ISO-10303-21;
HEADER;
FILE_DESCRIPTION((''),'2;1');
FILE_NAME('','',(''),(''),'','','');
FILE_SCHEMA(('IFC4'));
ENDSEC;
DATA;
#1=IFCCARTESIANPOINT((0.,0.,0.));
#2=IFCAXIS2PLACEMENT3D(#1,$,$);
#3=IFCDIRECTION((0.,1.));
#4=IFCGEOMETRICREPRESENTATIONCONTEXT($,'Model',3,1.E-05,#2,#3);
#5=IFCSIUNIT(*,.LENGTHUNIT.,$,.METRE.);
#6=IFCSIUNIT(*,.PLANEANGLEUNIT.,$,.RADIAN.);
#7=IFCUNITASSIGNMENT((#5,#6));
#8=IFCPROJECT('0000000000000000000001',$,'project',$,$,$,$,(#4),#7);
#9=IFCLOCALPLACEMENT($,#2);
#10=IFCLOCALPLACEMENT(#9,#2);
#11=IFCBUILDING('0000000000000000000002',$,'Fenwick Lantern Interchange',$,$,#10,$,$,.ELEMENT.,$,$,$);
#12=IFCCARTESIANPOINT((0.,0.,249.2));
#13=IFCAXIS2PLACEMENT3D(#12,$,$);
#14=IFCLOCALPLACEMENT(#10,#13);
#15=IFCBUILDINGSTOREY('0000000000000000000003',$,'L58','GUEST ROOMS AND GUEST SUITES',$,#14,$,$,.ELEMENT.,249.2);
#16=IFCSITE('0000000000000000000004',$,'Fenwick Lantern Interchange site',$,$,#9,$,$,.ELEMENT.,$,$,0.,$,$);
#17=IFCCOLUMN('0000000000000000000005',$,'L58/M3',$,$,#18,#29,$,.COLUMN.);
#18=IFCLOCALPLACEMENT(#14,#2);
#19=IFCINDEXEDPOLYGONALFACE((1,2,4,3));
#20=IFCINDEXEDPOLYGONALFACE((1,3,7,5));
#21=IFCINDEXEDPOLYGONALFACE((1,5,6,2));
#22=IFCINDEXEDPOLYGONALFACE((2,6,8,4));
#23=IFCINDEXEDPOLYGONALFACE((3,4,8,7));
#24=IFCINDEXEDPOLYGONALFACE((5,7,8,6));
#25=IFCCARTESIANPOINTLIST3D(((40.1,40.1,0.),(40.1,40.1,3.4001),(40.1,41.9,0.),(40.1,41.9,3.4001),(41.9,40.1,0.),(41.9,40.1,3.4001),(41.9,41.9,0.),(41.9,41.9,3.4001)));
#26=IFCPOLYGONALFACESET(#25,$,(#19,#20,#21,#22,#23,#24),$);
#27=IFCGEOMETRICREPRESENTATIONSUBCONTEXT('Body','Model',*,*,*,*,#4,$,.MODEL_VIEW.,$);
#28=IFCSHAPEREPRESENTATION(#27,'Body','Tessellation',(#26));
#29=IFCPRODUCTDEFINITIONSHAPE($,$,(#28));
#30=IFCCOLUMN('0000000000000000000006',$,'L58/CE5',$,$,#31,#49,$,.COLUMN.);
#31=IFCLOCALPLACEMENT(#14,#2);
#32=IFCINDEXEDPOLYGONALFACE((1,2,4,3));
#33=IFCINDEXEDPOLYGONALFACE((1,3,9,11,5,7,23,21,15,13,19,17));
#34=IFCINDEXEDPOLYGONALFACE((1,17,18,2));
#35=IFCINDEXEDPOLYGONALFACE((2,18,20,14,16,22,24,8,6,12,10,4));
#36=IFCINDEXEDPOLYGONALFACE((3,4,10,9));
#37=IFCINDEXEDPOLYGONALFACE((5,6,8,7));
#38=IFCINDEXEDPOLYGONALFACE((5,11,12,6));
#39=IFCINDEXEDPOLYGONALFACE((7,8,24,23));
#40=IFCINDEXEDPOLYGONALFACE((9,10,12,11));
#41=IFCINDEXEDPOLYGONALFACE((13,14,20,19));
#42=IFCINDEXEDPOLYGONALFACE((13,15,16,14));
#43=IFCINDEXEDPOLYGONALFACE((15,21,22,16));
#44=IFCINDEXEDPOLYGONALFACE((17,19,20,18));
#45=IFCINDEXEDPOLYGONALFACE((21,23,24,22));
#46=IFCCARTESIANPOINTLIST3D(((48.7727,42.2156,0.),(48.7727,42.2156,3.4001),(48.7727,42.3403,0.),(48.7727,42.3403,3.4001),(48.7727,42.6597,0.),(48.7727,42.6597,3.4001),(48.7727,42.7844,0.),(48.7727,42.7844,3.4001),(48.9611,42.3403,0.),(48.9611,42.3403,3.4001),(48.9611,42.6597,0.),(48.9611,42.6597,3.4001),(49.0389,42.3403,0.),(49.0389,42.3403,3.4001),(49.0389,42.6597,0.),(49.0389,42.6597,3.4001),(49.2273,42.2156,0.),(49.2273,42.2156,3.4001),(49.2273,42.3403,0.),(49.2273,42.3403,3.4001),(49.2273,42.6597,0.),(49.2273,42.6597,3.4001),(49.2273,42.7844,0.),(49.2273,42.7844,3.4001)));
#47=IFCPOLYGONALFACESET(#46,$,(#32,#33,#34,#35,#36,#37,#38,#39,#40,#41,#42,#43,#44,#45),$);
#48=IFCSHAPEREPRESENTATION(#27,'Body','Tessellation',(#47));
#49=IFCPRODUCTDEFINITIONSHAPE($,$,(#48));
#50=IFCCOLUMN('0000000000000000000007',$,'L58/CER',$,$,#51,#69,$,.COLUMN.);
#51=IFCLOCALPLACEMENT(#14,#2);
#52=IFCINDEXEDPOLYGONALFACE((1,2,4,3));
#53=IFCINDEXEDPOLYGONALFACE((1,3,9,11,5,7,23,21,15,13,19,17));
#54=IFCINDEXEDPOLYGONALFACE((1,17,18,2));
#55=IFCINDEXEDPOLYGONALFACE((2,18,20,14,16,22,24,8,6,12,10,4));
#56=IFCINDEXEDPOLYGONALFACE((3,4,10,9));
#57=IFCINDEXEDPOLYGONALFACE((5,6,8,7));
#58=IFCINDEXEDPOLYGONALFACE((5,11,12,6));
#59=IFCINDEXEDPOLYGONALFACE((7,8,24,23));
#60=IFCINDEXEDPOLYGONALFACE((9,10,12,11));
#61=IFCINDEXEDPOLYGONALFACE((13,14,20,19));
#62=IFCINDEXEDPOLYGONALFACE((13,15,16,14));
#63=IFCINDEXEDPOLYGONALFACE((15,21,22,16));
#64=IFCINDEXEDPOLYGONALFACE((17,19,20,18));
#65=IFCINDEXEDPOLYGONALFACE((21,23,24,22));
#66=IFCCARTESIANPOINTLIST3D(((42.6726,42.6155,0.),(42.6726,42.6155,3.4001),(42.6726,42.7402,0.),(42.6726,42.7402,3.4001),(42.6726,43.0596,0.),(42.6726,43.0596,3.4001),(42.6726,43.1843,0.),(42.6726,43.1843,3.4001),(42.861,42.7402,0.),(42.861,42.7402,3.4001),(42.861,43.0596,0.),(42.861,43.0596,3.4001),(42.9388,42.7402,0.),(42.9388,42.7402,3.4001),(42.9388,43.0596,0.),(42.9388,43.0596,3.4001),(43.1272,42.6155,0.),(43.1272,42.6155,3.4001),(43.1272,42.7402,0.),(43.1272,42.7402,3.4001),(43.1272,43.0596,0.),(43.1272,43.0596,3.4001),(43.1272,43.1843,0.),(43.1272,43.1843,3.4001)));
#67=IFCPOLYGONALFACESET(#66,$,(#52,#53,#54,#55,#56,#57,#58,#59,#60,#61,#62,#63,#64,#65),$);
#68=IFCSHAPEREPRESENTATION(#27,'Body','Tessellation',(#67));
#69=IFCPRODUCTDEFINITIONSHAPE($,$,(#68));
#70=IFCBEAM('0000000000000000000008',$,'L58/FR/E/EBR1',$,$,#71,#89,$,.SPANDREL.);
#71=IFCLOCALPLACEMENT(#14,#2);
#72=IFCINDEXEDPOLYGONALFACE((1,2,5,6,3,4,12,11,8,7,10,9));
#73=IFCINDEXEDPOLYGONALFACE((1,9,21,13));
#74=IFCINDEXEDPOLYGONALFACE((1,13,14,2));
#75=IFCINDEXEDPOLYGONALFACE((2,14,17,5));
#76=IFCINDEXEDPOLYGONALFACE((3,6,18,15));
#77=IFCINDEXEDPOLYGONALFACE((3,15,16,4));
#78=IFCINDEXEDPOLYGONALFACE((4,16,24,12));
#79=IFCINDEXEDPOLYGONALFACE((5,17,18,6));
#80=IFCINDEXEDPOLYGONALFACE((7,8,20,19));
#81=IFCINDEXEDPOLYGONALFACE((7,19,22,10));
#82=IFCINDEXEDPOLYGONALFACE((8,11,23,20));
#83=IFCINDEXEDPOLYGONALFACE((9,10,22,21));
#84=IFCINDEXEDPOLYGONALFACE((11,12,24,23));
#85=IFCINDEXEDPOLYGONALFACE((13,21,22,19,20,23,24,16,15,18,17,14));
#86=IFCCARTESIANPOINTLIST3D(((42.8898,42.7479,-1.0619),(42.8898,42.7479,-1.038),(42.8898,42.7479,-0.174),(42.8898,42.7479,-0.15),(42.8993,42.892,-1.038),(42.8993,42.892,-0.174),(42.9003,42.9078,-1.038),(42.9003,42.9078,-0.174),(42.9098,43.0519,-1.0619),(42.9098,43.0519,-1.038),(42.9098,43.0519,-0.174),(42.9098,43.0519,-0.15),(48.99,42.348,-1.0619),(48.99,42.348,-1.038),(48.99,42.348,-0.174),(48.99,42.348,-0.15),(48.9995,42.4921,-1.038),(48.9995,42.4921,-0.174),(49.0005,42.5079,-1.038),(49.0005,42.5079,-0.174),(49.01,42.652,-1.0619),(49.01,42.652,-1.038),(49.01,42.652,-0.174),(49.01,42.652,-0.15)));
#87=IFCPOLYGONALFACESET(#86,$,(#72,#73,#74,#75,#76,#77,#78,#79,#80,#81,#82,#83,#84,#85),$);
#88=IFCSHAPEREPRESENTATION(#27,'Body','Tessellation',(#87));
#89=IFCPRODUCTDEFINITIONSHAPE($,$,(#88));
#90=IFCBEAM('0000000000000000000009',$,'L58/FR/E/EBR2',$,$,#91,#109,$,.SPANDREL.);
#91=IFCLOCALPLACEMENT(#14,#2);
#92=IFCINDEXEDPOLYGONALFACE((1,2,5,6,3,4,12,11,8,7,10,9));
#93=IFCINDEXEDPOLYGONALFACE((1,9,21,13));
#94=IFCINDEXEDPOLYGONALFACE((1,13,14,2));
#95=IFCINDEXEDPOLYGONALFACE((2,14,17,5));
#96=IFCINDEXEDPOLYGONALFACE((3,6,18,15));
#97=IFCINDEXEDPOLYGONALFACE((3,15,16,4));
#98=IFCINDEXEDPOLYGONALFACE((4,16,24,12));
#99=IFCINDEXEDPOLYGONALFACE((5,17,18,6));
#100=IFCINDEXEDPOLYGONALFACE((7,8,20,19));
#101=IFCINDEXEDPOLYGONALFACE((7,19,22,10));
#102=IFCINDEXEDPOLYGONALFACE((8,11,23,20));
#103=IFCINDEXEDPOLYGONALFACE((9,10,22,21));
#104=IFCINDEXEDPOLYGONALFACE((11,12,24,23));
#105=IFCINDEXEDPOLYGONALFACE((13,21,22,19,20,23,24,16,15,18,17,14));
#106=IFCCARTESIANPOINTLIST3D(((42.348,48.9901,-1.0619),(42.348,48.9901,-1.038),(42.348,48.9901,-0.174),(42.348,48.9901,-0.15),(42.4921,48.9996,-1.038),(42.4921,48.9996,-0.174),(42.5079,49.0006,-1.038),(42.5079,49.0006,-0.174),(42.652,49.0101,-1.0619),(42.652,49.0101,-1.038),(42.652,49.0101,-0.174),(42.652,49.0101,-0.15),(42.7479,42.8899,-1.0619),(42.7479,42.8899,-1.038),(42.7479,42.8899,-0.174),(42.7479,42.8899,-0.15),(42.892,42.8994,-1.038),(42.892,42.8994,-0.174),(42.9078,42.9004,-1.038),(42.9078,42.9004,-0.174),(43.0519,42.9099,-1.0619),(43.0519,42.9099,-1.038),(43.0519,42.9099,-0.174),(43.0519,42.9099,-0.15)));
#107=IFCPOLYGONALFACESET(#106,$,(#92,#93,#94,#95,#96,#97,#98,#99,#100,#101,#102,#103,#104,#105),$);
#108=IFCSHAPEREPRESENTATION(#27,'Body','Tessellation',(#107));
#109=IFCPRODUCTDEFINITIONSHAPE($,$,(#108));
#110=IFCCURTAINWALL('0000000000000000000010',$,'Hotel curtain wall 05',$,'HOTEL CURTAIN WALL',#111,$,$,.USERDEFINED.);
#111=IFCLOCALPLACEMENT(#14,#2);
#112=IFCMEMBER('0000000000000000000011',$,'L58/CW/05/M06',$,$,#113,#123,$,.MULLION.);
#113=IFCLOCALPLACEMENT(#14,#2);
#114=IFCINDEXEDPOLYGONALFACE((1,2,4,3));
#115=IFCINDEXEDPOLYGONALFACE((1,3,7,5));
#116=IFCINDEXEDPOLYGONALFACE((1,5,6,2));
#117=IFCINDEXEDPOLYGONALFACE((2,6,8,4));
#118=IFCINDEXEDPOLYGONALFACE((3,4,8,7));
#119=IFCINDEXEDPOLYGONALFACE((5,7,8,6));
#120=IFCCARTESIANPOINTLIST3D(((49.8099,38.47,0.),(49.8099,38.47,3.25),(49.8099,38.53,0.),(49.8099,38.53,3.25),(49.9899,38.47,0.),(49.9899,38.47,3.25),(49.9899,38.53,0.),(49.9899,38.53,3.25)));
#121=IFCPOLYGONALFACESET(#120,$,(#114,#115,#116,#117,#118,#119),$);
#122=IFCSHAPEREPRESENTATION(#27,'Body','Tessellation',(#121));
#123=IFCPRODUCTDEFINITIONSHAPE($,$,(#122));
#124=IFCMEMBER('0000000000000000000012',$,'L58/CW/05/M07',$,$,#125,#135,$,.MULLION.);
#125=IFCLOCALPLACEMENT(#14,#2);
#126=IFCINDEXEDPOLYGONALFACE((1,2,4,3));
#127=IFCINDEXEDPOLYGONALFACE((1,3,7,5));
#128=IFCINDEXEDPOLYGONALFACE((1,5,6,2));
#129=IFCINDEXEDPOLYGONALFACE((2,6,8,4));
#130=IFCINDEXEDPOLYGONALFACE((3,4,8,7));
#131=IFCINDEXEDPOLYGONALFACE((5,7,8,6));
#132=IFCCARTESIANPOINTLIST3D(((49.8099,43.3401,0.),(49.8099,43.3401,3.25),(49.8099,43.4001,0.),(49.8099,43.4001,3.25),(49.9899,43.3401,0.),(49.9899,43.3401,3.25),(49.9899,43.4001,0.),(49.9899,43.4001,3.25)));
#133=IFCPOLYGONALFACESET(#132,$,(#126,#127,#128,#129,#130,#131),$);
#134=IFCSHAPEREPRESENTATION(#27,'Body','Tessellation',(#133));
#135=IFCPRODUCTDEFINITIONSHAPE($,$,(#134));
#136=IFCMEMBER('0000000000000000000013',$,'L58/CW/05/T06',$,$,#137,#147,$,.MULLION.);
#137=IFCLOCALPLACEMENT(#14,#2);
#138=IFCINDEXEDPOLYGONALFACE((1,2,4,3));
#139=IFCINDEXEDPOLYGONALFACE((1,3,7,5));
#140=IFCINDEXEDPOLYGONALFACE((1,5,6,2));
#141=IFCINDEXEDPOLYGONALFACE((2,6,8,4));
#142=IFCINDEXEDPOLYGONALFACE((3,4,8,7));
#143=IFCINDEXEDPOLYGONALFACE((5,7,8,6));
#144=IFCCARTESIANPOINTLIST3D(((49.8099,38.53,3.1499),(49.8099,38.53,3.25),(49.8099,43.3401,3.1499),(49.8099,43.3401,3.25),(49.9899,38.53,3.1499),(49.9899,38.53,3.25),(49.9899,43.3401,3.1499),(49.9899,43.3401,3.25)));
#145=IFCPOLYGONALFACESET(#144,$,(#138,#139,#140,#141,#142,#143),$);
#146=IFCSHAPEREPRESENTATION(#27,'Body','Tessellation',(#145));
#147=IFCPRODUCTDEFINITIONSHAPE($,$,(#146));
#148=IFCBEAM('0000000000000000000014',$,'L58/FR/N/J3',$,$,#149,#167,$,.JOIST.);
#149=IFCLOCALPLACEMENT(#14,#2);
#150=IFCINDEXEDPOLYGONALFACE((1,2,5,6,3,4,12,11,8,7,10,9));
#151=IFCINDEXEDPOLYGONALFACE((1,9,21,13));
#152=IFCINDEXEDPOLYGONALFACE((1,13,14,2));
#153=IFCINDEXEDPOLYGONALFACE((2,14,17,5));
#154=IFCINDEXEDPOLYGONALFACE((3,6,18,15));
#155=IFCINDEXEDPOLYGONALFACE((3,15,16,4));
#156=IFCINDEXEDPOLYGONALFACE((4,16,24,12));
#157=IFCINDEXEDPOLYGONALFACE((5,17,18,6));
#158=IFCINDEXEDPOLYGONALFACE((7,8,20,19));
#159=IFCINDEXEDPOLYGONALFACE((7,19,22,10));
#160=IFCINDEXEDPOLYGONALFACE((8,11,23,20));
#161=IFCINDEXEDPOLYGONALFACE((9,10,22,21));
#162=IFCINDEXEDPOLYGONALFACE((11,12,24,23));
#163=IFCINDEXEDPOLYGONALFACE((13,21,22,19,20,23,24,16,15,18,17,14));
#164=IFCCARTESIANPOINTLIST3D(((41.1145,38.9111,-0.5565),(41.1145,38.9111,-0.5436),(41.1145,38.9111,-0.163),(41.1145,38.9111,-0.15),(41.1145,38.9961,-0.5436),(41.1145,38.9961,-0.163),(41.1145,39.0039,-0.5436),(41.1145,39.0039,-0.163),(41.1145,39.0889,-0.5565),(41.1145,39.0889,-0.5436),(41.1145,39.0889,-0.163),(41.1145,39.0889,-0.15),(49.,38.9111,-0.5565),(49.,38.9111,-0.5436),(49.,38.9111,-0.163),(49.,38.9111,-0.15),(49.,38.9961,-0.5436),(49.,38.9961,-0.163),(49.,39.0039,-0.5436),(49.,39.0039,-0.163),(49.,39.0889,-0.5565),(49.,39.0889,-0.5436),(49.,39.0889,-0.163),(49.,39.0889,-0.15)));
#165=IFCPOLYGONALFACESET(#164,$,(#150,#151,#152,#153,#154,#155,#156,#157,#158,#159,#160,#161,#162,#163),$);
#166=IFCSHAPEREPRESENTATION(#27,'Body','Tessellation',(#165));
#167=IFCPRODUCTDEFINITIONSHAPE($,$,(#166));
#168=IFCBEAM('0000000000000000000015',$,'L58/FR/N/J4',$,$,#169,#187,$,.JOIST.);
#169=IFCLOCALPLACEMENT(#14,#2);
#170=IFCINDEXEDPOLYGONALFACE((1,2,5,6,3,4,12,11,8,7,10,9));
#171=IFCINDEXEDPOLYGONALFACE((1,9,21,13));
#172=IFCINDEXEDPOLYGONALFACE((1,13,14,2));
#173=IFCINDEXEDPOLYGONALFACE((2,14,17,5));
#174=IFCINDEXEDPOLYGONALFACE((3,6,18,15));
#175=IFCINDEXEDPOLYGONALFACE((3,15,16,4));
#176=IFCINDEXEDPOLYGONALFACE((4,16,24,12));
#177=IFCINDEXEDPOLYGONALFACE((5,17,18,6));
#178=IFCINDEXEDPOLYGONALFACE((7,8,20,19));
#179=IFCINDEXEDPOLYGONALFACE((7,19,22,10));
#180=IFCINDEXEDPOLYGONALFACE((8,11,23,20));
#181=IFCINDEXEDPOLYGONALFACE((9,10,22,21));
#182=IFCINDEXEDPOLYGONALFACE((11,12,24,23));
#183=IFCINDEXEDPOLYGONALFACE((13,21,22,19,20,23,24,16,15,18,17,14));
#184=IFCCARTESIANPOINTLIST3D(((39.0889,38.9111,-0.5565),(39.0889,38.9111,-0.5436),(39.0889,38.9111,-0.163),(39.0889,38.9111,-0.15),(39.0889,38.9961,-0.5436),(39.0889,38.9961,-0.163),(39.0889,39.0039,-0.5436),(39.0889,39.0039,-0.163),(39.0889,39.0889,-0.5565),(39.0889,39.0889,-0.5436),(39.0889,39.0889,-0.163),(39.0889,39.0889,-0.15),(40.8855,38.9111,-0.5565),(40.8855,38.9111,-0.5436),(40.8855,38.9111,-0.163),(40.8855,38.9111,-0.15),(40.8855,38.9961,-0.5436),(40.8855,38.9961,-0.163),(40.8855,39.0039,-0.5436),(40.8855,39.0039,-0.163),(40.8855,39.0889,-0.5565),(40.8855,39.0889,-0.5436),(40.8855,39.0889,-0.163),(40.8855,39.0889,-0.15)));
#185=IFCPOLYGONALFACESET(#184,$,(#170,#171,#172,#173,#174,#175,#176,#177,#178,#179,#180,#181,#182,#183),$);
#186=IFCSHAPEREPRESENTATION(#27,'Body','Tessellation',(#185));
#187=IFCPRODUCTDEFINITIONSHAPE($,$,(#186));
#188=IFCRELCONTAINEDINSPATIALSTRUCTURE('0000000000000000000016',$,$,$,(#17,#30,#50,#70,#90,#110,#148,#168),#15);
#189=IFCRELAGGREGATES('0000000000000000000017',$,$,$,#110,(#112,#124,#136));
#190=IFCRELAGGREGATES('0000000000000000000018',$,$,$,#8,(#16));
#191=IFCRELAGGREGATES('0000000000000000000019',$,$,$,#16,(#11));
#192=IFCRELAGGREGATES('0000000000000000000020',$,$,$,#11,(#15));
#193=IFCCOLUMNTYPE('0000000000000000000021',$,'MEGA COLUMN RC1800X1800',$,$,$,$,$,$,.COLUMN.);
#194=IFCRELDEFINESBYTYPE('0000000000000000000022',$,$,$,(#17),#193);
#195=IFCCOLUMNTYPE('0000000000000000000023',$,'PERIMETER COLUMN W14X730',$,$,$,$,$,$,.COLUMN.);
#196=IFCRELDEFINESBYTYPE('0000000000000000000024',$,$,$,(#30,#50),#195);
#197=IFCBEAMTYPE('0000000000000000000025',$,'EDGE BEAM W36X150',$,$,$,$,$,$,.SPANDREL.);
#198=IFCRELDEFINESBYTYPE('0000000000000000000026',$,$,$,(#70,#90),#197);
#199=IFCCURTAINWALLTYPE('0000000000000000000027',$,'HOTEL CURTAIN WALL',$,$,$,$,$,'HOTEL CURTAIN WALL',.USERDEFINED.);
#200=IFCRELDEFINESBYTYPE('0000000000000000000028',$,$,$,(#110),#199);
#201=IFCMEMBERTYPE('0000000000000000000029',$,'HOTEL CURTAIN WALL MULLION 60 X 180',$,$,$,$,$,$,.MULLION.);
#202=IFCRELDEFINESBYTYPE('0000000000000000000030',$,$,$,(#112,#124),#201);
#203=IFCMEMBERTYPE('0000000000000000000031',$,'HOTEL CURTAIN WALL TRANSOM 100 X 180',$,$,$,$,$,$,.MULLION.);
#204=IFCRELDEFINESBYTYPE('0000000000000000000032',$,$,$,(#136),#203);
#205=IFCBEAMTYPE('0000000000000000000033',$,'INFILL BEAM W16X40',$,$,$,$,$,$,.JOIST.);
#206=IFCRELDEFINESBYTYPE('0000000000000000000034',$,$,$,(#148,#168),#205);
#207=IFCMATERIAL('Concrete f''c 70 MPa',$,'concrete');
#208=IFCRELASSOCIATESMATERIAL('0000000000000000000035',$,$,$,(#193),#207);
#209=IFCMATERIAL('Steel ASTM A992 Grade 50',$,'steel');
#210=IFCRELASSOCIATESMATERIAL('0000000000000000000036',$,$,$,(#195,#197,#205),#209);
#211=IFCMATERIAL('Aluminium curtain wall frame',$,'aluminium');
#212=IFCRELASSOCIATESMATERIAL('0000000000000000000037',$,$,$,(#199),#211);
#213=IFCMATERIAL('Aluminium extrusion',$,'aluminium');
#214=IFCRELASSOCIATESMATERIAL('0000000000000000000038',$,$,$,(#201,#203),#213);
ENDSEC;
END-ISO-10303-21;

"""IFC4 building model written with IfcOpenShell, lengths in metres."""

from ifc_helpers import new_model, si_unit, direction, frame, origin, origin_2d, place, context, subcontext, project, spatial, rectangle, i_section, extrude, material, material_profile, profile_set, type_object, element, aggregate, save


model = new_model("IFC4")

# Units and contexts
model_context = context("Model", 3, precision=1e-05, world=origin(), true_north=direction((0.0, 1.0)))
body_context = subcontext(model_context, "Body", "Model", "MODEL_VIEW")
ifc_project = project(units=[si_unit("LENGTHUNIT", "METRE"), si_unit("PLANEANGLEUNIT", "RADIAN")], contexts=[model_context])

# Site, building, storey
site_placement = place(None, origin())
site = spatial("IfcSite", under=ifc_project, at=site_placement, Name="Fenwick Lantern Interchange site", CompositionType="ELEMENT", RefElevation=0.0)
building_placement = place(site_placement, origin())
building = spatial("IfcBuilding", under=site, at=building_placement, Name="Fenwick Lantern Interchange", CompositionType="ELEMENT")
storey_placement = place(building_placement, frame((0.0, 0.0, 249.2)))
storey = spatial("IfcBuildingStorey", under=building, at=storey_placement, Name="L58", Description="GUEST ROOMS AND GUEST SUITES", CompositionType="ELEMENT", Elevation=249.2)

# Columns
ifc_material_1 = material(Name="Concrete f'c 70 MPa", Category="concrete")
ifc_material_profile_1 = material_profile(ifc_material_1, rectangle(XDim=1.8, YDim=1.8, at=origin_2d()), Name="RC1800X1800")
ifc_profile_set_1 = profile_set([ifc_material_profile_1], Name="Concrete f'c 70 MPa")
column_type_1 = type_object("IfcColumnType", Name="MEGA COLUMN RC1800X1800", PredefinedType="COLUMN", material=ifc_profile_set_1)
column_placement = place(storey_placement, frame((41.0, 41.0, 0.0), z_axis=(0.0, 0.0, 1.0), x_axis=(1.0, 0.0, 0.0)))
element("IfcColumn", 1, at=column_placement, inside=storey, type_object=column_type_1, Name="L58/M3", PredefinedType="COLUMN", context=body_context, shape_type="SweptSolid", body=[
    extrude(rectangle(XDim=1.8, YDim=1.8, at=origin_2d()), origin(), (0.0, 0.0, 1.0), 3.4001),
])
ifc_material_2 = material(Name="Steel ASTM A992 Grade 50", Category="steel")
ifc_material_profile_2 = material_profile(ifc_material_2, i_section(OverallWidth=0.4546, OverallDepth=0.5688, WebThickness=0.0779, FlangeThickness=0.1248, at=origin_2d()), Name="W14X730")
ifc_profile_set_2 = profile_set([ifc_material_profile_2], Name="Steel ASTM A992 Grade 50")
column_type_2 = type_object("IfcColumnType", Name="PERIMETER COLUMN W14X730", PredefinedType="COLUMN", material=ifc_profile_set_2)
for number, where, z_axis, x_axis, name in (
    (2, (49.0, 42.5, 0.0), (0.0, 0.0, 1.0), (1.0, 0.0, 0.0), "L58/CE5"),
    (3, (42.8999, 42.8999, 0.0), (0.0, 0.0, 1.0), (1.0, 0.0, 0.0), "L58/CER"),
):
    element("IfcColumn", number, at=place(storey_placement, frame(where, z_axis=z_axis, x_axis=x_axis)), inside=storey, type_object=column_type_2, Name=name, PredefinedType="COLUMN", context=body_context, shape_type="SweptSolid", body=[
        extrude(i_section(OverallWidth=0.4546, OverallDepth=0.5688, WebThickness=0.0779, FlangeThickness=0.1248, at=origin_2d()), origin(), (0.0, 0.0, 1.0), 3.4001),
    ])

# Beams
ifc_material_profile_3 = material_profile(ifc_material_2, i_section(OverallWidth=0.3047, OverallDepth=0.9119, WebThickness=0.0159, FlangeThickness=0.0239, at=origin_2d()), Name="W36X150")
ifc_profile_set_3 = profile_set([ifc_material_profile_3], Name="Steel ASTM A992 Grade 50")
beam_type_1 = type_object("IfcBeamType", Name="EDGE BEAM W36X150", PredefinedType="SPANDREL", material=ifc_profile_set_3)
for number, where, z_axis, x_axis, name in (
    (4, (49.0, 42.5, -0.606), (-0.997858, 0.065416, 0.0), (-0.065416, -0.997858, 0.0), "L58/FR/E/EBR1"),
    (5, (42.8999, 42.8999, -0.606), (-0.065416, 0.997858, 0.0), (-0.997858, -0.065416, 0.0), "L58/FR/E/EBR2"),
):
    element("IfcBeam", number, at=place(storey_placement, frame(where, z_axis=z_axis, x_axis=x_axis)), inside=storey, type_object=beam_type_1, Name=name, PredefinedType="SPANDREL", context=body_context, shape_type="SweptSolid", body=[
        extrude(i_section(OverallWidth=0.3047, OverallDepth=0.9119, WebThickness=0.0159, FlangeThickness=0.0239, at=origin_2d()), origin(), (0.0, 0.0, 1.0), 6.1133),
    ])

# Curtain wall, members
ifc_material_3 = material(Name="Aluminium curtain wall frame", Category="aluminium")
curtain_wall_type = type_object("IfcCurtainWallType", Name="HOTEL CURTAIN WALL", ElementType="HOTEL CURTAIN WALL", PredefinedType="USERDEFINED", material=ifc_material_3)
curtain_wall_placement = place(storey_placement, origin())
curtain_wall = element("IfcCurtainWall", 6, at=curtain_wall_placement, inside=storey, type_object=curtain_wall_type, Name="Hotel curtain wall 05", ObjectType="HOTEL CURTAIN WALL", PredefinedType="USERDEFINED")
ifc_material_4 = material(Name="Aluminium extrusion", Category="aluminium")
ifc_material_profile_4 = material_profile(ifc_material_4, rectangle(XDim=0.1799, YDim=0.0601, at=origin_2d()), Name="HOTEL CURTAIN WALL MULLION 60 X 180")
ifc_profile_set_4 = profile_set([ifc_material_profile_4], Name="Aluminium extrusion")
member_type_1 = type_object("IfcMemberType", Name="HOTEL CURTAIN WALL MULLION 60 X 180", PredefinedType="MULLION", material=ifc_profile_set_4)
member_1_placement = place(storey_placement, frame((49.8999, 38.5, 0.0), z_axis=(0.0, 0.0, 1.0), x_axis=(-1.0, 0.0, 0.0)))
member_1 = element("IfcMember", 7, at=member_1_placement, type_object=member_type_1, Name="L58/CW/05/M06", PredefinedType="MULLION", context=body_context, shape_type="SweptSolid", body=[
    extrude(rectangle(XDim=0.1799, YDim=0.0601, at=origin_2d()), origin(), (0.0, 0.0, 1.0), 3.25),
])
member_2_placement = place(storey_placement, frame((49.8999, 43.3701, 0.0), z_axis=(0.0, 0.0, 1.0), x_axis=(-1.0, 0.0, 0.0)))
member_2 = element("IfcMember", 8, at=member_2_placement, type_object=member_type_1, Name="L58/CW/05/M07", PredefinedType="MULLION", context=body_context, shape_type="SweptSolid", body=[
    extrude(rectangle(XDim=0.1799, YDim=0.0601, at=origin_2d()), origin(), (0.0, 0.0, 1.0), 3.25),
])
ifc_material_profile_5 = material_profile(ifc_material_4, rectangle(XDim=0.1799, YDim=0.1001, at=origin_2d()), Name="HOTEL CURTAIN WALL TRANSOM 100 X 180")
ifc_profile_set_5 = profile_set([ifc_material_profile_5], Name="Aluminium extrusion")
member_type_2 = type_object("IfcMemberType", Name="HOTEL CURTAIN WALL TRANSOM 100 X 180", PredefinedType="MULLION", material=ifc_profile_set_5)
member_3_placement = place(storey_placement, frame((49.8999, 38.53, 3.2), z_axis=(0.0, 1.0, 0.0), x_axis=(-1.0, 0.0, 0.0)))
member_3 = element("IfcMember", 9, at=member_3_placement, type_object=member_type_2, Name="L58/CW/05/T06", PredefinedType="MULLION", context=body_context, shape_type="SweptSolid", body=[
    extrude(rectangle(XDim=0.1799, YDim=0.1001, at=origin_2d()), origin(), (0.0, 0.0, 1.0), 4.8101),
])
aggregate(curtain_wall, [member_1, member_2, member_3])

# Beams
ifc_material_profile_6 = material_profile(ifc_material_2, i_section(OverallWidth=0.1777, OverallDepth=0.4065, WebThickness=0.0078, FlangeThickness=0.0129, at=origin_2d()), Name="W16X40")
ifc_profile_set_6 = profile_set([ifc_material_profile_6], Name="Steel ASTM A992 Grade 50")
beam_type_2 = type_object("IfcBeamType", Name="INFILL BEAM W16X40", PredefinedType="JOIST", material=ifc_profile_set_6)
beam_1_placement = place(storey_placement, frame((49.0, 39.0, -0.3533), z_axis=(-1.0, 0.0, 0.0), x_axis=(0.0, -1.0, 0.0)))
element("IfcBeam", 10, at=beam_1_placement, inside=storey, type_object=beam_type_2, Name="L58/FR/N/J3", PredefinedType="JOIST", context=body_context, shape_type="SweptSolid", body=[
    extrude(i_section(OverallWidth=0.1777, OverallDepth=0.4065, WebThickness=0.0078, FlangeThickness=0.0129, at=origin_2d()), origin(), (0.0, 0.0, 1.0), 7.8855),
])
beam_2_placement = place(storey_placement, frame((40.8855, 39.0, -0.3533), z_axis=(-1.0, 0.0, 0.0), x_axis=(0.0, -1.0, 0.0)))
element("IfcBeam", 11, at=beam_2_placement, inside=storey, type_object=beam_type_2, Name="L58/FR/N/J4", PredefinedType="JOIST", context=body_context, shape_type="SweptSolid", body=[
    extrude(i_section(OverallWidth=0.1777, OverallDepth=0.4065, WebThickness=0.0078, FlangeThickness=0.0129, at=origin_2d()), origin(), (0.0, 0.0, 1.0), 1.7966),
])

save(model, "model.ifc")
